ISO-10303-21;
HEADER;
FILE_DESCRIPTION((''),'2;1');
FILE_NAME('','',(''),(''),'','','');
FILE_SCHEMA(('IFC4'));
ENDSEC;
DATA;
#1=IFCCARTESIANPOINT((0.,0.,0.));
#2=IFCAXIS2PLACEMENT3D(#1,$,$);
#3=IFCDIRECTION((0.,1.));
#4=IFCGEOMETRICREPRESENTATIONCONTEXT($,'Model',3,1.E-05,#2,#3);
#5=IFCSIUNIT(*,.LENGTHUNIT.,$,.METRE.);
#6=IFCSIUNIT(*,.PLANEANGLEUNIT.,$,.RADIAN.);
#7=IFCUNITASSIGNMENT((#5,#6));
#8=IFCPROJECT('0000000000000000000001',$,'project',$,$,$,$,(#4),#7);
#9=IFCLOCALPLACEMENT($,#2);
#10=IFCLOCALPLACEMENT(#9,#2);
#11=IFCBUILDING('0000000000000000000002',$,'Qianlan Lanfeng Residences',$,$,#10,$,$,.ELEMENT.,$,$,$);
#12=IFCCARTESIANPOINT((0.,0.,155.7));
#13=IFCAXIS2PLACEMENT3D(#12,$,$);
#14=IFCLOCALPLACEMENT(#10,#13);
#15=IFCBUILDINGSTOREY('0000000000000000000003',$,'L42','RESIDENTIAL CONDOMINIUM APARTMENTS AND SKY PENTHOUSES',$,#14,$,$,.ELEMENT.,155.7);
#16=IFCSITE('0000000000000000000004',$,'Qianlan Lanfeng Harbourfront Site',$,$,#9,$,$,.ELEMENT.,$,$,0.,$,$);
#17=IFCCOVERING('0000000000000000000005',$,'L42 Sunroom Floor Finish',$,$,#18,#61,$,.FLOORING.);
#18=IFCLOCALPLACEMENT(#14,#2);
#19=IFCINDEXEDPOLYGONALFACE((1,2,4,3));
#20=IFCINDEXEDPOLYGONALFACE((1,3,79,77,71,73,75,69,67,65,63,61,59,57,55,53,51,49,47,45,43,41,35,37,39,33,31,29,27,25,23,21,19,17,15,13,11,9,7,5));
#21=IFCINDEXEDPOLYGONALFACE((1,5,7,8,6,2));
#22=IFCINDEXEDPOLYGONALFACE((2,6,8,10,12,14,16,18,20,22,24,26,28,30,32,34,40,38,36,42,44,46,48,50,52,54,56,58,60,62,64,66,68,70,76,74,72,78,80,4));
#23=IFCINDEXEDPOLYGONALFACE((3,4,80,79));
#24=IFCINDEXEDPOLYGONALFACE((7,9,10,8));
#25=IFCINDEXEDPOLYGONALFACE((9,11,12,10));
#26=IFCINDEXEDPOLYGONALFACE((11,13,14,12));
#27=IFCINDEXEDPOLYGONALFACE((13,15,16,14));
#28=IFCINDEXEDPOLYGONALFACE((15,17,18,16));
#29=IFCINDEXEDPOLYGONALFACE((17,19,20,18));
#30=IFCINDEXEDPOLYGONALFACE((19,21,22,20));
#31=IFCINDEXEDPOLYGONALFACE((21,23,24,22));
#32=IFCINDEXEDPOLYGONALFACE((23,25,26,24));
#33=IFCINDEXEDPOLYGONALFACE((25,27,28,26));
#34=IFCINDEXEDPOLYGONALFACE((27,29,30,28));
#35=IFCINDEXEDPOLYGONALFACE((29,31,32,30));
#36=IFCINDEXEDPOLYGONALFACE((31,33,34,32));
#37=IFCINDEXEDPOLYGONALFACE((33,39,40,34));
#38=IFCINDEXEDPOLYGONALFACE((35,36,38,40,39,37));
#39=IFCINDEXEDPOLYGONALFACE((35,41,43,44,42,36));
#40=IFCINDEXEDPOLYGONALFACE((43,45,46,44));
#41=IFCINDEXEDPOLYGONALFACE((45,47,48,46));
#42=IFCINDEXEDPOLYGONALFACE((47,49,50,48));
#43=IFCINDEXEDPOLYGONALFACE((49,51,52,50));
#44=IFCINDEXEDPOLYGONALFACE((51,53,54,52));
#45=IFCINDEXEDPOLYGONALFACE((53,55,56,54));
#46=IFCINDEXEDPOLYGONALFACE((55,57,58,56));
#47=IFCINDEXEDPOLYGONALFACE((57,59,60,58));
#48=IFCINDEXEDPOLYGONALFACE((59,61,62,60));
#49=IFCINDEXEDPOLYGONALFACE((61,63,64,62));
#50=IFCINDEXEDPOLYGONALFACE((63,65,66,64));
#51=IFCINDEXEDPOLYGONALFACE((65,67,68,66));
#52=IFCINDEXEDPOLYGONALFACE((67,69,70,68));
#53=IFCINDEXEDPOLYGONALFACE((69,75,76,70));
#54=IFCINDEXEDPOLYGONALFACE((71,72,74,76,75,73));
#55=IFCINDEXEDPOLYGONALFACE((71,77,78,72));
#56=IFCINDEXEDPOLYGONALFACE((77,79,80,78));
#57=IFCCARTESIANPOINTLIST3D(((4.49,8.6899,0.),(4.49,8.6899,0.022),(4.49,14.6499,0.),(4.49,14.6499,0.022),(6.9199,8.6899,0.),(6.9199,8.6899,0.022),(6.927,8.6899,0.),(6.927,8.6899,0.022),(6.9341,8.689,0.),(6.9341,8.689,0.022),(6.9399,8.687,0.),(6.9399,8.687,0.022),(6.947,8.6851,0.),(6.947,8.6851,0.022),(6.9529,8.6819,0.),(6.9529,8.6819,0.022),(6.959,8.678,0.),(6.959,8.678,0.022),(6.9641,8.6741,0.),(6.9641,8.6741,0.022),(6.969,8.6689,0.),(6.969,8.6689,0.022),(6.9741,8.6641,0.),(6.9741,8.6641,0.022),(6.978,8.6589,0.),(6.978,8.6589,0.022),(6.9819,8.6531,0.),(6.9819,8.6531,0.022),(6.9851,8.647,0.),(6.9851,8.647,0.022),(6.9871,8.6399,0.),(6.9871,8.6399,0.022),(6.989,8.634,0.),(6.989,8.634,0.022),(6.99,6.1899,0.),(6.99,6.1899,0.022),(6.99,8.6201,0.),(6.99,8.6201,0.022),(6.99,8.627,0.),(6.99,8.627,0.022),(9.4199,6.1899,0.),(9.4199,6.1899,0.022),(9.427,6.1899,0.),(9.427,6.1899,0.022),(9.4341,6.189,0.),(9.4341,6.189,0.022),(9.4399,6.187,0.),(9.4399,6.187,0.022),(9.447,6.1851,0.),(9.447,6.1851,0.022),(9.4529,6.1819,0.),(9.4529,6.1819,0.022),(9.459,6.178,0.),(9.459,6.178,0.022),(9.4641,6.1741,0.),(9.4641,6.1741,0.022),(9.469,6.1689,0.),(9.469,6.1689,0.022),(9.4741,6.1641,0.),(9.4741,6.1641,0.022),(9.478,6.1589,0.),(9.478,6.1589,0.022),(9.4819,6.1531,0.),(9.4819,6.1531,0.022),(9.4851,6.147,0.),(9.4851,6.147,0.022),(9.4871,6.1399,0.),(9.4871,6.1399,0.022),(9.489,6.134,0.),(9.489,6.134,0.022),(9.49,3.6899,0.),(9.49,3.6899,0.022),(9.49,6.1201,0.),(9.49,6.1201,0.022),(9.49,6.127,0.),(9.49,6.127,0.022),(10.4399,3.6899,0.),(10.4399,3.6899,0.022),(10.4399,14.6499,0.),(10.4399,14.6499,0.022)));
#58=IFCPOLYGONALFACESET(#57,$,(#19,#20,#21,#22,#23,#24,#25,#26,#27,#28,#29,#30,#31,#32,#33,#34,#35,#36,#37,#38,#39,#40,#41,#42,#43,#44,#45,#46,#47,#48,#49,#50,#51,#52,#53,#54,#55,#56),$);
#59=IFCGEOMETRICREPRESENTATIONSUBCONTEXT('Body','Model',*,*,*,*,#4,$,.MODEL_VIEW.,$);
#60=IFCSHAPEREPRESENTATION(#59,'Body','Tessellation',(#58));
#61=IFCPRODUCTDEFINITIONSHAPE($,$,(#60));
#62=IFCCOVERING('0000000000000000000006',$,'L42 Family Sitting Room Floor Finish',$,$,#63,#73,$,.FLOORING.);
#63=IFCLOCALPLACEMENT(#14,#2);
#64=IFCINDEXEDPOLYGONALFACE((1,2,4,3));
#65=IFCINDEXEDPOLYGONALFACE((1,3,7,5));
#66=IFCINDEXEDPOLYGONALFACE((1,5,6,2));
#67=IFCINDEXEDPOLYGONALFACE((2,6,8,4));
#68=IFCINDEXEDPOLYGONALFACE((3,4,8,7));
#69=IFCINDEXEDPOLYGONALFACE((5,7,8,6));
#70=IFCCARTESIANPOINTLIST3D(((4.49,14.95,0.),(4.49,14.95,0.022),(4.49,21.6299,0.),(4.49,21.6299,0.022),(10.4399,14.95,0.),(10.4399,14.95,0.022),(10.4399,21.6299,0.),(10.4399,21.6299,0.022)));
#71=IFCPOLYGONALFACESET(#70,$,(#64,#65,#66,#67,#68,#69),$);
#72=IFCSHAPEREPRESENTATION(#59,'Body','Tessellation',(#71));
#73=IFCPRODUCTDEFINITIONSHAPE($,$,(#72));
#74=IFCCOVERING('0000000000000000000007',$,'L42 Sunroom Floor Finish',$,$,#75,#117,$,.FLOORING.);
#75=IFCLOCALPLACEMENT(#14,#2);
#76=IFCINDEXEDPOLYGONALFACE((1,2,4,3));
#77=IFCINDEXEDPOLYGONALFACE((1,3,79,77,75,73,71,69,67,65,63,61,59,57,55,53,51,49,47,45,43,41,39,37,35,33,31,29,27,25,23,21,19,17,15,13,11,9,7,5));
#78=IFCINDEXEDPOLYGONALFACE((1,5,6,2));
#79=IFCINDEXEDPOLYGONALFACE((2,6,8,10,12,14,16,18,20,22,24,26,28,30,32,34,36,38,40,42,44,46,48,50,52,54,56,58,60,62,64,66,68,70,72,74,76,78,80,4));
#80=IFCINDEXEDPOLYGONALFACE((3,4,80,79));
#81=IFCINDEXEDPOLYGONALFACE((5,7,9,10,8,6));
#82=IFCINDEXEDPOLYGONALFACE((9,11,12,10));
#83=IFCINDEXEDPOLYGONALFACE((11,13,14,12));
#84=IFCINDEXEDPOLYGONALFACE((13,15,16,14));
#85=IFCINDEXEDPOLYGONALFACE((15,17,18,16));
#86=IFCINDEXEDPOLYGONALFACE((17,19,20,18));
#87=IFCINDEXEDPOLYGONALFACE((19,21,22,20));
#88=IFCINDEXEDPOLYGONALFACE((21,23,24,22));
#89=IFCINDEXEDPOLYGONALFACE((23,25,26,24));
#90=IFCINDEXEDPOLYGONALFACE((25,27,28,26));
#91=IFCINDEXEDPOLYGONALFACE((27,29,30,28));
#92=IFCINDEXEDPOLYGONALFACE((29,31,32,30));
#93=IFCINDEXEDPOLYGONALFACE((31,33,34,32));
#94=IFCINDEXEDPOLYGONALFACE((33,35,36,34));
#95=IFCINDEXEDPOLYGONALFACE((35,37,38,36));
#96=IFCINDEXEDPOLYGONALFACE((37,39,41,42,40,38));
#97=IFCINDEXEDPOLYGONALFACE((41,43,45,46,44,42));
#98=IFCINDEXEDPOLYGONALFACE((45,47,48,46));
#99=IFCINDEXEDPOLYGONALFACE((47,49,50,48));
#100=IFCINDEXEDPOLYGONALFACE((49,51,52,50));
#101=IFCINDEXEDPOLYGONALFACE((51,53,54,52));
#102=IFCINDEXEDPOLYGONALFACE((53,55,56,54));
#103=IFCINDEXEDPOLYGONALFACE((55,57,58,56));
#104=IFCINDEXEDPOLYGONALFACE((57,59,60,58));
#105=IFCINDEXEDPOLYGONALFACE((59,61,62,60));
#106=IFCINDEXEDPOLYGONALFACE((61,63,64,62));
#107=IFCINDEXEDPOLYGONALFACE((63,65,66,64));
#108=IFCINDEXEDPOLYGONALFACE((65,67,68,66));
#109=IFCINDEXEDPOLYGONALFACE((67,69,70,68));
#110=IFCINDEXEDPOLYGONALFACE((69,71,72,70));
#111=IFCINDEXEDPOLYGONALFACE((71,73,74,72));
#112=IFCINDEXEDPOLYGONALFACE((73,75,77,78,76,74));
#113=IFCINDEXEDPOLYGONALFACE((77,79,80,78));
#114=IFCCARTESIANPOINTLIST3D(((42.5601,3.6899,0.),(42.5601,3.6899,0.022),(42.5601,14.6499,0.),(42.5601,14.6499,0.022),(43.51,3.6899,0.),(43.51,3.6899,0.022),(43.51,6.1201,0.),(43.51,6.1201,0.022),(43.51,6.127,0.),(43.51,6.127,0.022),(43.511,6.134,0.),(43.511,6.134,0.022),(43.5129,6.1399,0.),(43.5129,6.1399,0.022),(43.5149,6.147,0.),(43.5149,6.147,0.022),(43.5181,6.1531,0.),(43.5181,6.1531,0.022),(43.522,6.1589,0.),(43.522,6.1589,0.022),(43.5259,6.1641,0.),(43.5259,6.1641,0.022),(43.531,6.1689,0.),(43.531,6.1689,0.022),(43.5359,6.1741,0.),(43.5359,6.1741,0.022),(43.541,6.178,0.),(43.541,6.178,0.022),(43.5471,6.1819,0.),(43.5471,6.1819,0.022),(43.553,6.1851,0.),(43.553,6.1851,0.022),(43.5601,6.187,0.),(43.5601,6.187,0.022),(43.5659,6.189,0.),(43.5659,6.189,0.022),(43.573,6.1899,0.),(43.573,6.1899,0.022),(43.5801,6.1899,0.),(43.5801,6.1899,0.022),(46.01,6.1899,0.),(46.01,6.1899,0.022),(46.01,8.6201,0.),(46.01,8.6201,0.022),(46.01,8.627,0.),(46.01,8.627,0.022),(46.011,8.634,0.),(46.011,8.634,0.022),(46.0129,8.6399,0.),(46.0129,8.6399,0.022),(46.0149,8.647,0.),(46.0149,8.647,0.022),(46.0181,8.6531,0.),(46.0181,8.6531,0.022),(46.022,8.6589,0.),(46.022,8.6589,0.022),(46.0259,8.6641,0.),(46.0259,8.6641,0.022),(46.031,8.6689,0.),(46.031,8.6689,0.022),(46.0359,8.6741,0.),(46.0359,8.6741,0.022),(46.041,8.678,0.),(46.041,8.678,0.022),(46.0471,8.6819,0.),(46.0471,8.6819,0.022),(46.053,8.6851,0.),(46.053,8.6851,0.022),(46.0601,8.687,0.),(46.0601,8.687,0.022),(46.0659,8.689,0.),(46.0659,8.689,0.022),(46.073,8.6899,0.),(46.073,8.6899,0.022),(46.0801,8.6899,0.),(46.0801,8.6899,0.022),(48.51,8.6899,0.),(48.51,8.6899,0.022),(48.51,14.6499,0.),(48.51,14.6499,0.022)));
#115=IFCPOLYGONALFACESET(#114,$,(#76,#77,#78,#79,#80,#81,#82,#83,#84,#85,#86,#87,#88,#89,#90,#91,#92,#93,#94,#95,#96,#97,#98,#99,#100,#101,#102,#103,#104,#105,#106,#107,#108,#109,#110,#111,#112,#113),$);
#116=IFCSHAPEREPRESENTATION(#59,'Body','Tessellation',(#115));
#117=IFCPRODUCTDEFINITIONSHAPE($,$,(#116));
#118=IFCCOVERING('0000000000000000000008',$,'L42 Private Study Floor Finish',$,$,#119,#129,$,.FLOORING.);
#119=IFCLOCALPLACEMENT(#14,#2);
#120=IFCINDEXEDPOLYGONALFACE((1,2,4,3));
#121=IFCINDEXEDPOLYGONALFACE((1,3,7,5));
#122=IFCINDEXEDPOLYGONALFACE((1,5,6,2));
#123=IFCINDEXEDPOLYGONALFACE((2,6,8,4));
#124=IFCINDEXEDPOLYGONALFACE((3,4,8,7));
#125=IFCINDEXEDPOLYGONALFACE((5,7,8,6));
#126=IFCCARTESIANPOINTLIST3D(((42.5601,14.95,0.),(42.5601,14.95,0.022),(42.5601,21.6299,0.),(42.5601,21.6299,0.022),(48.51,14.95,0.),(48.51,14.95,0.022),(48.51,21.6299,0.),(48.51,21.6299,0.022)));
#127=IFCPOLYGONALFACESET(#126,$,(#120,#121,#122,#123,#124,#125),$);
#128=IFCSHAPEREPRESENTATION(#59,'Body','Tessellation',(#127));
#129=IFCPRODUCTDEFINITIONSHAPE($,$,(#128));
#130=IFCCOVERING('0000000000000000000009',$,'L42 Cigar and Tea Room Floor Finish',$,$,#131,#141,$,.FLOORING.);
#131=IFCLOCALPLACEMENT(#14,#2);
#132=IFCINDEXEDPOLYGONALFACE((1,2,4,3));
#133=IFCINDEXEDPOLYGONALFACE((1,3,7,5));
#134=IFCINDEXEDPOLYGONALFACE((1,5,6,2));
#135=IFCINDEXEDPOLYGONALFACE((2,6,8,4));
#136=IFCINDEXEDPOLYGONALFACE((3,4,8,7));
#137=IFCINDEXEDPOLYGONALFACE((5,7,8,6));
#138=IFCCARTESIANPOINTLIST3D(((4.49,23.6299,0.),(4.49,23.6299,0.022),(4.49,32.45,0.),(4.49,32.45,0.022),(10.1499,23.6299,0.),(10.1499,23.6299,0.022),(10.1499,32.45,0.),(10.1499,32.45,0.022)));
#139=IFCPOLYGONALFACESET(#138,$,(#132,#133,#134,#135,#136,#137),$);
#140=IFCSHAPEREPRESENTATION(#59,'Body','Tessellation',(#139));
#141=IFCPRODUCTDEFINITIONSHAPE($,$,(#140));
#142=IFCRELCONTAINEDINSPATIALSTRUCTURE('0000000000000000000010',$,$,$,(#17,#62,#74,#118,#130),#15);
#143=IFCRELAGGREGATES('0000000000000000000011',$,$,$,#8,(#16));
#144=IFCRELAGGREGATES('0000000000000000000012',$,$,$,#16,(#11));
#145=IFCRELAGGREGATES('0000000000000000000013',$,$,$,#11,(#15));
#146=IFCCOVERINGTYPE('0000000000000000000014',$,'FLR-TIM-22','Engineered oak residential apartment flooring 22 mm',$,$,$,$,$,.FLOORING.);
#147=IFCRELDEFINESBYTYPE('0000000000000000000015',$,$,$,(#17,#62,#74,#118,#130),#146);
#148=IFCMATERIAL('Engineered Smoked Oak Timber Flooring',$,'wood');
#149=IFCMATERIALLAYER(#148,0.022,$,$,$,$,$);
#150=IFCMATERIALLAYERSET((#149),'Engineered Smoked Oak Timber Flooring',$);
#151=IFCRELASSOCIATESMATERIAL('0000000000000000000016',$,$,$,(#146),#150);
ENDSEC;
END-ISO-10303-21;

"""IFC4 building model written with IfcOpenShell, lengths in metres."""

from ifc_helpers import new_model, si_unit, direction, frame, origin, place, context, subcontext, project, spatial, polyline, outline, extrude, material, layer, layer_set, type_object, element, save


model = new_model("IFC4")

# Units and contexts
model_context = context("Model", 3, precision=1e-05, world=origin(), true_north=direction((0.0, 1.0)))
body_context = subcontext(model_context, "Body", "Model", "MODEL_VIEW")
ifc_project = project(units=[si_unit("LENGTHUNIT", "METRE"), si_unit("PLANEANGLEUNIT", "RADIAN")], contexts=[model_context])

# Site, building, storey
site_placement = place(None, origin())
site = spatial("IfcSite", under=ifc_project, at=site_placement, Name="Qianlan Lanfeng Harbourfront Site", CompositionType="ELEMENT", RefElevation=0.0)
building_placement = place(site_placement, origin())
building = spatial("IfcBuilding", under=site, at=building_placement, Name="Qianlan Lanfeng Residences", CompositionType="ELEMENT")
storey_placement = place(building_placement, frame((0.0, 0.0, 155.7)))
storey = spatial("IfcBuildingStorey", under=building, at=storey_placement, Name="L42", Description="RESIDENTIAL CONDOMINIUM APARTMENTS AND SKY PENTHOUSES", CompositionType="ELEMENT", Elevation=155.7)

# Coverings
ifc_material_1 = material(Name="Engineered Smoked Oak Timber Flooring", Category="wood")
ifc_layer_1 = layer(ifc_material_1, 0.022)
ifc_layer_set_1 = layer_set([ifc_layer_1], Name="Engineered Smoked Oak Timber Flooring")
covering_type_1 = type_object("IfcCoveringType", Name="FLR-TIM-22", Description="Engineered oak residential apartment flooring 22 mm", PredefinedType="FLOORING", material=ifc_layer_set_1)
covering_1_placement = place(storey_placement, origin())
element("IfcCovering", 1, at=covering_1_placement, inside=storey, type_object=covering_type_1, Name="L42 Sunroom Floor Finish", PredefinedType="FLOORING", context=body_context, shape_type="SweptSolid", body=[
    extrude(outline(polyline([(10.4399, 14.6499), (4.49, 14.6499), (4.49, 8.6899), (6.9199, 8.6899), (6.927, 8.6899), (6.9341, 8.689), (6.9399, 8.687), (6.947, 8.6851), (6.9529, 8.6819), (6.959, 8.678), (6.9641, 8.6741), (6.969, 8.6689), (6.9741, 8.6641), (6.978, 8.6589), (6.9819, 8.6531), (6.9851, 8.647), (6.9871, 8.6399), (6.989, 8.634), (6.99, 8.627), (6.99, 8.6201), (6.99, 6.1899), (9.4199, 6.1899), (9.427, 6.1899), (9.4341, 6.189), (9.4399, 6.187), (9.447, 6.1851), (9.4529, 6.1819), (9.459, 6.178), (9.4641, 6.1741), (9.469, 6.1689), (9.4741, 6.1641), (9.478, 6.1589), (9.4819, 6.1531), (9.4851, 6.147), (9.4871, 6.1399), (9.489, 6.134), (9.49, 6.127), (9.49, 6.1201), (9.49, 3.6899), (10.4399, 3.6899), (10.4399, 14.6499)])), origin(), (0.0, 0.0, 1.0), 0.022),
])
covering_2_placement = place(storey_placement, origin())
element("IfcCovering", 2, at=covering_2_placement, inside=storey, type_object=covering_type_1, Name="L42 Family Sitting Room Floor Finish", PredefinedType="FLOORING", context=body_context, shape_type="SweptSolid", body=[
    extrude(outline(polyline([(10.4399, 21.6299), (4.49, 21.6299), (4.49, 14.95), (10.4399, 14.95), (10.4399, 21.6299)])), origin(), (0.0, 0.0, 1.0), 0.022),
])
covering_3_placement = place(storey_placement, origin())
element("IfcCovering", 3, at=covering_3_placement, inside=storey, type_object=covering_type_1, Name="L42 Sunroom Floor Finish", PredefinedType="FLOORING", context=body_context, shape_type="SweptSolid", body=[
    extrude(outline(polyline([(48.51, 14.6499), (42.5601, 14.6499), (42.5601, 3.6899), (43.51, 3.6899), (43.51, 6.1201), (43.51, 6.127), (43.511, 6.134), (43.5129, 6.1399), (43.5149, 6.147), (43.5181, 6.1531), (43.522, 6.1589), (43.5259, 6.1641), (43.531, 6.1689), (43.5359, 6.1741), (43.541, 6.178), (43.5471, 6.1819), (43.553, 6.1851), (43.5601, 6.187), (43.5659, 6.189), (43.573, 6.1899), (43.5801, 6.1899), (46.01, 6.1899), (46.01, 8.6201), (46.01, 8.627), (46.011, 8.634), (46.0129, 8.6399), (46.0149, 8.647), (46.0181, 8.6531), (46.022, 8.6589), (46.0259, 8.6641), (46.031, 8.6689), (46.0359, 8.6741), (46.041, 8.678), (46.0471, 8.6819), (46.053, 8.6851), (46.0601, 8.687), (46.0659, 8.689), (46.073, 8.6899), (46.0801, 8.6899), (48.51, 8.6899), (48.51, 14.6499)])), origin(), (0.0, 0.0, 1.0), 0.022),
])
covering_4_placement = place(storey_placement, origin())
element("IfcCovering", 4, at=covering_4_placement, inside=storey, type_object=covering_type_1, Name="L42 Private Study Floor Finish", PredefinedType="FLOORING", context=body_context, shape_type="SweptSolid", body=[
    extrude(outline(polyline([(48.51, 21.6299), (42.5601, 21.6299), (42.5601, 14.95), (48.51, 14.95), (48.51, 21.6299)])), origin(), (0.0, 0.0, 1.0), 0.022),
])
covering_5_placement = place(storey_placement, origin())
element("IfcCovering", 5, at=covering_5_placement, inside=storey, type_object=covering_type_1, Name="L42 Cigar and Tea Room Floor Finish", PredefinedType="FLOORING", context=body_context, shape_type="SweptSolid", body=[
    extrude(outline(polyline([(10.1499, 32.45), (4.49, 32.45), (4.49, 23.6299), (10.1499, 23.6299), (10.1499, 32.45)])), origin(), (0.0, 0.0, 1.0), 0.022),
])

save(model, "model.ifc")
